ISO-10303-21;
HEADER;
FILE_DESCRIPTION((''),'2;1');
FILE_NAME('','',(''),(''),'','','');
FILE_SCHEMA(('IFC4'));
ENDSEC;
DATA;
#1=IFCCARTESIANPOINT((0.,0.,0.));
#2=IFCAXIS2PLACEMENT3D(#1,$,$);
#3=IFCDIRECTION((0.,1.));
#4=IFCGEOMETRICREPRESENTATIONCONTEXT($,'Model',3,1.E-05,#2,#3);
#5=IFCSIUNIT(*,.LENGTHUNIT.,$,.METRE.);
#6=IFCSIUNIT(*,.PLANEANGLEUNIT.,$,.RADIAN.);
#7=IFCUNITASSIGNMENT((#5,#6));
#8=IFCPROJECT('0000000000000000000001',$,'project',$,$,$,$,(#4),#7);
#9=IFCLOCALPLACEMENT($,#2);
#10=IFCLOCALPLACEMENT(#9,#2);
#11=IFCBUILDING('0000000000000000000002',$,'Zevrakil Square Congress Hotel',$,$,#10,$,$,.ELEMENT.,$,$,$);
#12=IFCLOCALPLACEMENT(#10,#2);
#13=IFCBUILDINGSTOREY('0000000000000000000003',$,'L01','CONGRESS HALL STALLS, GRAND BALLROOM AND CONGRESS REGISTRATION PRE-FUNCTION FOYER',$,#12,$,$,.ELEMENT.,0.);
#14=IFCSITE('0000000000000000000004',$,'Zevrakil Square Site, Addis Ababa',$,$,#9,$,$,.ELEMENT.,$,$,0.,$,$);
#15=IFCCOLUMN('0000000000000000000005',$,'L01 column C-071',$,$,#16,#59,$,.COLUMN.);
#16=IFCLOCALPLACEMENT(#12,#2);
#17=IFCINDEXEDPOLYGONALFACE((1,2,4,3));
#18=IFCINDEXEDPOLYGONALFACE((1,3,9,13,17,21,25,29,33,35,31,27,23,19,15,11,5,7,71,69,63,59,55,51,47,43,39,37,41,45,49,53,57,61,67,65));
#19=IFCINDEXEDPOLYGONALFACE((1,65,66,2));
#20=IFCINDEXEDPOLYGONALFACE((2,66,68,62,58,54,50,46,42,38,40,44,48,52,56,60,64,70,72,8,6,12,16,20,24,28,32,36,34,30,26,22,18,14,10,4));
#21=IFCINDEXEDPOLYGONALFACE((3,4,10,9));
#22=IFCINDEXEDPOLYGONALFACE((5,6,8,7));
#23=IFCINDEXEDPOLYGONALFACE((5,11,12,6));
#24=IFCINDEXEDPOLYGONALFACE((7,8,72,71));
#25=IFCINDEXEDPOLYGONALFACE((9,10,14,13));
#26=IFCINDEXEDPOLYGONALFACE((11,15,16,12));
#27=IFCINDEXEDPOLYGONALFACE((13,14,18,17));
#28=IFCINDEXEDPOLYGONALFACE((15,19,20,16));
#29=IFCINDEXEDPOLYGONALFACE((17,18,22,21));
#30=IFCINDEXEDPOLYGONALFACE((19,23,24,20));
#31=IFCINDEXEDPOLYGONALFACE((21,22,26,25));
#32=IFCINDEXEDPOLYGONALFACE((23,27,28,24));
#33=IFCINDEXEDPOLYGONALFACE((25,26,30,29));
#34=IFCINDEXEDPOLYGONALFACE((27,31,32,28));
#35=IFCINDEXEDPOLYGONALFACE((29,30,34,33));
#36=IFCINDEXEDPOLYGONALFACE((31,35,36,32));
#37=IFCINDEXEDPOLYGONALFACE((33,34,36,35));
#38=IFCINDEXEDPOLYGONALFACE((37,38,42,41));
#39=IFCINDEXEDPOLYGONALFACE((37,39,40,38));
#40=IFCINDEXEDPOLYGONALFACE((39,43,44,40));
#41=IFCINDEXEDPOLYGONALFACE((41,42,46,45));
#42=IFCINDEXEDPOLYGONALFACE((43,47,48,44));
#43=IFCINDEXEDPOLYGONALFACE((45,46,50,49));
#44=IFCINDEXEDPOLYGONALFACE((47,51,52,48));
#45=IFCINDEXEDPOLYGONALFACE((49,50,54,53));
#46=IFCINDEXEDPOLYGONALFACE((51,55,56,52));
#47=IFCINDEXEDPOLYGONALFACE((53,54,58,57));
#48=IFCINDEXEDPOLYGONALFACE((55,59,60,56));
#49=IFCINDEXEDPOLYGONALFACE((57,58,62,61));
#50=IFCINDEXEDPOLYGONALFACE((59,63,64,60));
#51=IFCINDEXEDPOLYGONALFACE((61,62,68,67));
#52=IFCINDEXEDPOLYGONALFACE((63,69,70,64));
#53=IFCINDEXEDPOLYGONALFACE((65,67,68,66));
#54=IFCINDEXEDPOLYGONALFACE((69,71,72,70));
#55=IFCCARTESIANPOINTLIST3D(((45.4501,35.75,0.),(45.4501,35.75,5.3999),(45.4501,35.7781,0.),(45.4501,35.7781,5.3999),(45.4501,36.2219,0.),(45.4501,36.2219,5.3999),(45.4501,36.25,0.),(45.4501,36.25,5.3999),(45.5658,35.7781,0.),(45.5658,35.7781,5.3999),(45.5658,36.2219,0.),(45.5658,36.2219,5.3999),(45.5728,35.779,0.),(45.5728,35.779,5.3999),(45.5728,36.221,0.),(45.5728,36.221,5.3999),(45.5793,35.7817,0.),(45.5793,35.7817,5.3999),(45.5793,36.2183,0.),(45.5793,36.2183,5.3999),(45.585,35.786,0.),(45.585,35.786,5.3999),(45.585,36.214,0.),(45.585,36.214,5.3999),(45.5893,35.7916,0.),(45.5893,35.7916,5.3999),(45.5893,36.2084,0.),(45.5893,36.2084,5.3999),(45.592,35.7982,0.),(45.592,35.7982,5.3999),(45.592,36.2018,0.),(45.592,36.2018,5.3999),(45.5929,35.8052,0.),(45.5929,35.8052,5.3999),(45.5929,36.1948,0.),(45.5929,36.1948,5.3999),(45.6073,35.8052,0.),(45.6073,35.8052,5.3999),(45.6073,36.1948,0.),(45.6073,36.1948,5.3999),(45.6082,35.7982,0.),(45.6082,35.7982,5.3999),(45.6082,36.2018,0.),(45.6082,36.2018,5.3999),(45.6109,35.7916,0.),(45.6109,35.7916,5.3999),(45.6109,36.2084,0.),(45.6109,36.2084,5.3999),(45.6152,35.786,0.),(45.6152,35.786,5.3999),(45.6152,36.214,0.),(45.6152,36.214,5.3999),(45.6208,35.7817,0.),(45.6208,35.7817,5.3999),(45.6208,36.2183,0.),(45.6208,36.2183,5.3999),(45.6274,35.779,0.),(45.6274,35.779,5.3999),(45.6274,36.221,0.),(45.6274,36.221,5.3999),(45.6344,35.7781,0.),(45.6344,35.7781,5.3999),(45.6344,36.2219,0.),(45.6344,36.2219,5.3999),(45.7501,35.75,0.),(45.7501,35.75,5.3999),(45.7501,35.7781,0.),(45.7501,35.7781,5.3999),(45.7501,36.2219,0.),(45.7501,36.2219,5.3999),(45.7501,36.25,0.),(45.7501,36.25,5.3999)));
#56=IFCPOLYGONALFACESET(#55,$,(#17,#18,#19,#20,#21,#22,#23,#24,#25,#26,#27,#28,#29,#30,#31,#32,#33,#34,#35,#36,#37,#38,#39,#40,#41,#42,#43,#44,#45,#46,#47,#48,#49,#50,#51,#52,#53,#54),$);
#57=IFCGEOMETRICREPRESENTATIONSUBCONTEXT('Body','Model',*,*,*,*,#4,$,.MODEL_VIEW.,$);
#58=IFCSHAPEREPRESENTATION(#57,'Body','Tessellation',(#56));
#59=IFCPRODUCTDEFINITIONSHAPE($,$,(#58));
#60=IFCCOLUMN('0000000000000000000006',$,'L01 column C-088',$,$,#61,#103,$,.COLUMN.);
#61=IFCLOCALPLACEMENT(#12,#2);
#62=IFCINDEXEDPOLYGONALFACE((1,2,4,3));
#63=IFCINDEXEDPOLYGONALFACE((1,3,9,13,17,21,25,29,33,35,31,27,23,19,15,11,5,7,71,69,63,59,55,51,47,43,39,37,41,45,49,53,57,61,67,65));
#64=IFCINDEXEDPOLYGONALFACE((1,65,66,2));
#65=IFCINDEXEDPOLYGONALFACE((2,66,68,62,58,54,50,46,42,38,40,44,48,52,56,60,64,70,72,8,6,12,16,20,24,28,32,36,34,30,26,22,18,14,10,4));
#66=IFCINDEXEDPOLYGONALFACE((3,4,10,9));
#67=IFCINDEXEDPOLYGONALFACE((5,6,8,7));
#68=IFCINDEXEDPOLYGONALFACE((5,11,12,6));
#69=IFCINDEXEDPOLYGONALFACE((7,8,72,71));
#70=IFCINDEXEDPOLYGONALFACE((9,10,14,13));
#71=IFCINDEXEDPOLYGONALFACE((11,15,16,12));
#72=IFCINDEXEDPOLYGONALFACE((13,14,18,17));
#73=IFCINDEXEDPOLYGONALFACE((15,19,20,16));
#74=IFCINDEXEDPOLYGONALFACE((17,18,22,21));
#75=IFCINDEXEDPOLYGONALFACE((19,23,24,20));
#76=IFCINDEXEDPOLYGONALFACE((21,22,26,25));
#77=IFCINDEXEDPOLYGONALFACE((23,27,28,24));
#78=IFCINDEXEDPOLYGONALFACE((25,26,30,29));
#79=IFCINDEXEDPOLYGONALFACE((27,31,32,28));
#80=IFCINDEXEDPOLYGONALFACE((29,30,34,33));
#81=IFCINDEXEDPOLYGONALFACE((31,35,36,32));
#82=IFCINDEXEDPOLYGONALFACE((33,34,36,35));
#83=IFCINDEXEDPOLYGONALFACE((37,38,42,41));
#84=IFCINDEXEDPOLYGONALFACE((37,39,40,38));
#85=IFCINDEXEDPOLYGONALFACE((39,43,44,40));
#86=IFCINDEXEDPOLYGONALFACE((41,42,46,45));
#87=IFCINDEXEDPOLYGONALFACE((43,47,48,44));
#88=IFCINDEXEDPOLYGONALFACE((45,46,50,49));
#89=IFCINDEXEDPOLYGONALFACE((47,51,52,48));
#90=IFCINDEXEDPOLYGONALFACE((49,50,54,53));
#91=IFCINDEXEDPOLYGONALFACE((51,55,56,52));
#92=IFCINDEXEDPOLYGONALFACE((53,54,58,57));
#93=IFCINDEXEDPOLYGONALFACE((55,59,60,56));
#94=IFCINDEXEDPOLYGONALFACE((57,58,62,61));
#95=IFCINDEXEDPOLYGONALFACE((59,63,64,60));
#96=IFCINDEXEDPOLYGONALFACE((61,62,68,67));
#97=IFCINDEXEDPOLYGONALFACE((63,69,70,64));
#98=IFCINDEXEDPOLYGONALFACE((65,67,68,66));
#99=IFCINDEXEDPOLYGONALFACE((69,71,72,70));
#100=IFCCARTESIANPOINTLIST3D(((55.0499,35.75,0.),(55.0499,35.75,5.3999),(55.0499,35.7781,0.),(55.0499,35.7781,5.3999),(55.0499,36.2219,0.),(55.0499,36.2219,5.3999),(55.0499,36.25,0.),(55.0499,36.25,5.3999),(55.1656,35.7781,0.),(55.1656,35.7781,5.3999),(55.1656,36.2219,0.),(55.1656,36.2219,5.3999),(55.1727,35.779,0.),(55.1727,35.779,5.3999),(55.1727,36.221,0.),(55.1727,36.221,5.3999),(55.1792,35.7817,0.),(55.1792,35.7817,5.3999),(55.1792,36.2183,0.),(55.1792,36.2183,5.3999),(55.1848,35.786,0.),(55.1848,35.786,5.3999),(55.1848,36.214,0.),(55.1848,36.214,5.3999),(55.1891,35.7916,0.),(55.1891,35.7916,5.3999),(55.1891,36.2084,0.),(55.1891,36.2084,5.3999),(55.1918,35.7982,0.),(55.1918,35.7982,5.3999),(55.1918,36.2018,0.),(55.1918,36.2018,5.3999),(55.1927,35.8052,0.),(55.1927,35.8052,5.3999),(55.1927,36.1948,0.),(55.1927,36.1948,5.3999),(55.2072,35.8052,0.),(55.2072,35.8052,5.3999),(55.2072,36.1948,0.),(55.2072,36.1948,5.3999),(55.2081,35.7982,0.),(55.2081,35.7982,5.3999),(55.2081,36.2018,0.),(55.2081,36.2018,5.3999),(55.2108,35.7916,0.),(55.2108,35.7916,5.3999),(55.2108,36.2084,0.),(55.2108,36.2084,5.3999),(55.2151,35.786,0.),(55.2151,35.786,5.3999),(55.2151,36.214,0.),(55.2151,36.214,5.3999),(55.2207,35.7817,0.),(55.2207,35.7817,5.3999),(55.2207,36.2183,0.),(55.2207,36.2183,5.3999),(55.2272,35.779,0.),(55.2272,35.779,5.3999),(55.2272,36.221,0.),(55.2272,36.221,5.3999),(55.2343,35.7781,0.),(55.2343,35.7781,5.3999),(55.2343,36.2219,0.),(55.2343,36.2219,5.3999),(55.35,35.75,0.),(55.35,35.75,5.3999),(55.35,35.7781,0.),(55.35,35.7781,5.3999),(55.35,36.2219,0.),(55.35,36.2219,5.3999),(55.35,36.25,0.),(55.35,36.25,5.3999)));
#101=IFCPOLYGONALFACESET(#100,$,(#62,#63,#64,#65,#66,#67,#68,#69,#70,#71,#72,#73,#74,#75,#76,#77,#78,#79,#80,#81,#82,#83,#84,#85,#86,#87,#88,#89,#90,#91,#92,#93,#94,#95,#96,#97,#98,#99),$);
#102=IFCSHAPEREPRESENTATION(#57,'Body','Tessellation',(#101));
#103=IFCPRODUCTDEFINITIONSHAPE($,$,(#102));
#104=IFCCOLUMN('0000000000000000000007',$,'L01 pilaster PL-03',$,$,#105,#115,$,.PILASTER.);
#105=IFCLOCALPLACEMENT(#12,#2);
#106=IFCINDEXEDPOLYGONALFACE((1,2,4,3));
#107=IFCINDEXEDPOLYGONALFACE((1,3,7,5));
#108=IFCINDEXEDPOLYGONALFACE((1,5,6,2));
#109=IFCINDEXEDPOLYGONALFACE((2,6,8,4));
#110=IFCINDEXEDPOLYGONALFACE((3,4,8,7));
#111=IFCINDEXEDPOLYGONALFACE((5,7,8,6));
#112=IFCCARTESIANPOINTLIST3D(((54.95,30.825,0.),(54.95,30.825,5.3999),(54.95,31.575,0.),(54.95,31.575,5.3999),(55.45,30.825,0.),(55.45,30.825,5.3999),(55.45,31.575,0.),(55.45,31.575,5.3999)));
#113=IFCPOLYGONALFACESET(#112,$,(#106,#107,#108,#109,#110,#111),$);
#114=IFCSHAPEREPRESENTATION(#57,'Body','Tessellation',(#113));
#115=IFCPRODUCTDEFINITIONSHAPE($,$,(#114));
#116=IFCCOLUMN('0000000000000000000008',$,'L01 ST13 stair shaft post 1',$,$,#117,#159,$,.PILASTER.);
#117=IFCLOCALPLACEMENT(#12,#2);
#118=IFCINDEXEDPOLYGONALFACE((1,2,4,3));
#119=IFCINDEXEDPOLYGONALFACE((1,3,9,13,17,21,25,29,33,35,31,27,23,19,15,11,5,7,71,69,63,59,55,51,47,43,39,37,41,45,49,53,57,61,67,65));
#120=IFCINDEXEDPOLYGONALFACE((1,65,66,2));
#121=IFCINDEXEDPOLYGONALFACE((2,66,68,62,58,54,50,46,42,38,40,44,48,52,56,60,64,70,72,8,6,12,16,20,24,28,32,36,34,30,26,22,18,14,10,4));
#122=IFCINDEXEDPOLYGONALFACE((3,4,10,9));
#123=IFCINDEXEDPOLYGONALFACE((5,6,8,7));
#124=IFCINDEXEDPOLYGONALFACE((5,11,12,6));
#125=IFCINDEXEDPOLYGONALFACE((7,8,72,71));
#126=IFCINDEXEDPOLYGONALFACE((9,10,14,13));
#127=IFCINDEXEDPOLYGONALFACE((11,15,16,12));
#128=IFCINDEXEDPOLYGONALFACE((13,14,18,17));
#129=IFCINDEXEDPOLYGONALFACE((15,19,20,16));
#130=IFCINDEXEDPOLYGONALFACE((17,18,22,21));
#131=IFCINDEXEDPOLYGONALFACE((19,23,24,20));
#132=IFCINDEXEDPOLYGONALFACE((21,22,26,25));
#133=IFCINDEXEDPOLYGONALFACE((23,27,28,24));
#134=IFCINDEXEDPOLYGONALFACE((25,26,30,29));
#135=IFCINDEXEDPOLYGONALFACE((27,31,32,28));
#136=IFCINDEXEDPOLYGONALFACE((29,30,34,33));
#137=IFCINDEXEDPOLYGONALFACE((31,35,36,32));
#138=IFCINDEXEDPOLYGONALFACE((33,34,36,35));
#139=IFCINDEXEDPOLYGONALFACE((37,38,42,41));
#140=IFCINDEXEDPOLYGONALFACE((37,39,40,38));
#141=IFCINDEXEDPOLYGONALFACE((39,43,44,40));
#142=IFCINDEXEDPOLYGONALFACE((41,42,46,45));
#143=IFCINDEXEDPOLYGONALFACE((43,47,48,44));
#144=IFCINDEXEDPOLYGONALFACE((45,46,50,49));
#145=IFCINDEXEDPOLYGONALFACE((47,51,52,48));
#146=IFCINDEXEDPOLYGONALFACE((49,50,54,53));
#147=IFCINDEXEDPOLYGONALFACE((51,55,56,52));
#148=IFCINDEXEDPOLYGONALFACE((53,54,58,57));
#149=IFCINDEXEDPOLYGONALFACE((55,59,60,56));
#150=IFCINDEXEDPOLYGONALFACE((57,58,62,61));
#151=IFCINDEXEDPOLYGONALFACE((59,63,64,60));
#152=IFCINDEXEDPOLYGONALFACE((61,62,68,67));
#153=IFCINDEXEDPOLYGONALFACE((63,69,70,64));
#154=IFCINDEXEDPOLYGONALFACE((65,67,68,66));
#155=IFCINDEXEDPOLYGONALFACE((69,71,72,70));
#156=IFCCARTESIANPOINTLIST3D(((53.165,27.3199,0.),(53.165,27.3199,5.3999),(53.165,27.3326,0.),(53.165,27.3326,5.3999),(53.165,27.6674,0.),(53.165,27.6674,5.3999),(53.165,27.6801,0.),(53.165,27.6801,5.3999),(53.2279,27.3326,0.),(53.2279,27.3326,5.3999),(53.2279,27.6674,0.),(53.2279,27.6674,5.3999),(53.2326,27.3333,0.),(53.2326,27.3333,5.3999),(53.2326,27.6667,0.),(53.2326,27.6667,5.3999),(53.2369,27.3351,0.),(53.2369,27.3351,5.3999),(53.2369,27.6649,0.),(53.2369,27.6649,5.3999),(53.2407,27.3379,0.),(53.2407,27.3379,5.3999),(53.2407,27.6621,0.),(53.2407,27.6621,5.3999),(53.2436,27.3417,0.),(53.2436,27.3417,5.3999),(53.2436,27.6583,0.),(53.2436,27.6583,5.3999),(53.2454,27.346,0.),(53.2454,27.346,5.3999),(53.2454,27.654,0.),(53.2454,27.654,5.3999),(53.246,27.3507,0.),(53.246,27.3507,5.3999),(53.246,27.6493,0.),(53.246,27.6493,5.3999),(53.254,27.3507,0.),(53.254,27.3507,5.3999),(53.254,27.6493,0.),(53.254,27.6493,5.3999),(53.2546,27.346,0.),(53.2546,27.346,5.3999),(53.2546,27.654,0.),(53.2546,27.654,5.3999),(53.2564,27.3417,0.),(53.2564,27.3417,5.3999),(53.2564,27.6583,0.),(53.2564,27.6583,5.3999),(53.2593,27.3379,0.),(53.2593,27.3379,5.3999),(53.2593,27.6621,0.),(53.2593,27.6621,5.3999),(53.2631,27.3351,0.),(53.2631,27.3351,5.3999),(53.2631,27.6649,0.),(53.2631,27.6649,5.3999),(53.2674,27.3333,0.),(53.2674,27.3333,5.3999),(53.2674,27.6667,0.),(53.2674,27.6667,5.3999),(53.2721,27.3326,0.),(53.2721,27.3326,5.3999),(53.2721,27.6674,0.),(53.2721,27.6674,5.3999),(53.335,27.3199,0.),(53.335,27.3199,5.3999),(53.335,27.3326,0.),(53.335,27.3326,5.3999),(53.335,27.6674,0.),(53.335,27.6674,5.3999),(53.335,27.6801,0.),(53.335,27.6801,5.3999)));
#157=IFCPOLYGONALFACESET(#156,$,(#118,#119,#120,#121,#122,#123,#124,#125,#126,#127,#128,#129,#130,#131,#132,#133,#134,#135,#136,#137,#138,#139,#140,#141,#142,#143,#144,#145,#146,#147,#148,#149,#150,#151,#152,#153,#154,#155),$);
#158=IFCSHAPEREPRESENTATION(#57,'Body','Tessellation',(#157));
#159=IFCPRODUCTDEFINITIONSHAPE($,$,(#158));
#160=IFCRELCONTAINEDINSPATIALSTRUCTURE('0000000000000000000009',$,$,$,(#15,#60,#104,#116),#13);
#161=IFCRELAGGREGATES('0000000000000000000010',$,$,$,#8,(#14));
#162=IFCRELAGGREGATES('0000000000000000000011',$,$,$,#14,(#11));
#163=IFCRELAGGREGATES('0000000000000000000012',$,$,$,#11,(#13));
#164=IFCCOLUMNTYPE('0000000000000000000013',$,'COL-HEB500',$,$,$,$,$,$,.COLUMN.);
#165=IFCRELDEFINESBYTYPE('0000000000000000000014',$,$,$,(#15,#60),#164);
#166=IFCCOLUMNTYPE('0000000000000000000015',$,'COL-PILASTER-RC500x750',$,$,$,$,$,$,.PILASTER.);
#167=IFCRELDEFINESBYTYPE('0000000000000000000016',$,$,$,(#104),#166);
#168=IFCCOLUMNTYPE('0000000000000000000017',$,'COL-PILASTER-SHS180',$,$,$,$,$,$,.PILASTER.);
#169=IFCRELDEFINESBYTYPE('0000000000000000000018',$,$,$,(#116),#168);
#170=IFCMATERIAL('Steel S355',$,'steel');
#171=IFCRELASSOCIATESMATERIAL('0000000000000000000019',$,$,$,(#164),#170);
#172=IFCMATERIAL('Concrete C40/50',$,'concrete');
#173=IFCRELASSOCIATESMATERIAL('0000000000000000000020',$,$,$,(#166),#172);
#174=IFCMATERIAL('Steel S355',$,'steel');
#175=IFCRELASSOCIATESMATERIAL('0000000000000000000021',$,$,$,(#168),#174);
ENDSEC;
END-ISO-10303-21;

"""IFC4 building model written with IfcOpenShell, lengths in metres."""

from ifc_helpers import new_model, si_unit, direction, frame, origin, origin_2d, place, context, subcontext, project, spatial, rectangle, i_section, extrude, material, material_profile, profile_set, type_object, element, save


model = new_model("IFC4")

# Units and contexts
model_context = context("Model", 3, precision=1e-05, world=origin(), true_north=direction((0.0, 1.0)))
body_context = subcontext(model_context, "Body", "Model", "MODEL_VIEW")
ifc_project = project(units=[si_unit("LENGTHUNIT", "METRE"), si_unit("PLANEANGLEUNIT", "RADIAN")], contexts=[model_context])

# Site, building, storey
site_placement = place(None, origin())
site = spatial("IfcSite", under=ifc_project, at=site_placement, Name="Zevrakil Square Site, Addis Ababa", CompositionType="ELEMENT", RefElevation=0.0)
building_placement = place(site_placement, origin())
building = spatial("IfcBuilding", under=site, at=building_placement, Name="Zevrakil Square Congress Hotel", CompositionType="ELEMENT")
storey_placement = place(building_placement, origin())
storey = spatial("IfcBuildingStorey", under=building, at=storey_placement, Name="L01", Description="CONGRESS HALL STALLS, GRAND BALLROOM AND CONGRESS REGISTRATION PRE-FUNCTION FOYER", CompositionType="ELEMENT", Elevation=0.0)

# Columns
ifc_material_1 = material(Name="Steel S355", Category="steel")
ifc_material_profile_1 = material_profile(ifc_material_1, i_section(OverallWidth=0.3, OverallDepth=0.5, WebThickness=0.0144, FlangeThickness=0.0281, FilletRadius=0.0271, at=origin_2d()), Name="HEB 500")
ifc_profile_set_1 = profile_set([ifc_material_profile_1], Name="Steel S355")
column_type_1 = type_object("IfcColumnType", Name="COL-HEB500", PredefinedType="COLUMN", material=ifc_profile_set_1)
for number, where, z_axis, x_axis, name in (
    (1, (45.6001, 36.0, 0.0), (0.0, 0.0, 1.0), (1.0, 0.0, 0.0), "L01 column C-071"),
    (2, (55.2, 36.0, 0.0), (0.0, 0.0, 1.0), (1.0, 0.0, 0.0), "L01 column C-088"),
):
    element("IfcColumn", number, at=place(storey_placement, frame(where, z_axis=z_axis, x_axis=x_axis)), inside=storey, type_object=column_type_1, Name=name, PredefinedType="COLUMN", context=body_context, shape_type="SweptSolid", body=[
        extrude(i_section(OverallWidth=0.3, OverallDepth=0.5, WebThickness=0.0144, FlangeThickness=0.0281, FilletRadius=0.0271, at=origin_2d()), origin(), (0.0, 0.0, 1.0), 5.3999),
    ])
ifc_material_2 = material(Name="Concrete C40/50", Category="concrete")
ifc_material_profile_2 = material_profile(ifc_material_2, rectangle(XDim=0.5, YDim=0.75, at=origin_2d()), Name="RC 500x750")
ifc_profile_set_2 = profile_set([ifc_material_profile_2], Name="Concrete C40/50")
column_type_2 = type_object("IfcColumnType", Name="COL-PILASTER-RC500x750", PredefinedType="PILASTER", material=ifc_profile_set_2)
column_placement = place(storey_placement, frame((55.2, 31.2, 0.0), z_axis=(0.0, 0.0, 1.0), x_axis=(1.0, 0.0, 0.0)))
element("IfcColumn", 3, at=column_placement, inside=storey, type_object=column_type_2, Name="L01 pilaster PL-03", PredefinedType="PILASTER", context=body_context, shape_type="SweptSolid", body=[
    extrude(rectangle(XDim=0.5, YDim=0.75, at=origin_2d()), origin(), (0.0, 0.0, 1.0), 5.3999),
])
ifc_material_3 = material(Name="Steel S355", Category="steel")
ifc_material_profile_3 = material_profile(ifc_material_3, i_section(OverallWidth=0.1699, OverallDepth=0.3601, WebThickness=0.0081, FlangeThickness=0.0127, FilletRadius=0.0181, at=origin_2d()), Name="IPE 360")
ifc_profile_set_3 = profile_set([ifc_material_profile_3], Name="Steel S355")
column_type_3 = type_object("IfcColumnType", Name="COL-PILASTER-SHS180", PredefinedType="PILASTER", material=ifc_profile_set_3)
for number, where, z_axis, x_axis, name in (
    (4, (53.25, 27.5, 0.0), (0.0, 0.0, 1.0), (1.0, 0.0, 0.0), "L01 ST13 stair shaft post 1"),
):
    element("IfcColumn", number, at=place(storey_placement, frame(where, z_axis=z_axis, x_axis=x_axis)), inside=storey, type_object=column_type_3, Name=name, PredefinedType="PILASTER", context=body_context, shape_type="SweptSolid", body=[
        extrude(i_section(OverallWidth=0.1699, OverallDepth=0.3601, WebThickness=0.0081, FlangeThickness=0.0127, FilletRadius=0.0181, at=origin_2d()), origin(), (0.0, 0.0, 1.0), 5.3999),
    ])

save(model, "model.ifc")
